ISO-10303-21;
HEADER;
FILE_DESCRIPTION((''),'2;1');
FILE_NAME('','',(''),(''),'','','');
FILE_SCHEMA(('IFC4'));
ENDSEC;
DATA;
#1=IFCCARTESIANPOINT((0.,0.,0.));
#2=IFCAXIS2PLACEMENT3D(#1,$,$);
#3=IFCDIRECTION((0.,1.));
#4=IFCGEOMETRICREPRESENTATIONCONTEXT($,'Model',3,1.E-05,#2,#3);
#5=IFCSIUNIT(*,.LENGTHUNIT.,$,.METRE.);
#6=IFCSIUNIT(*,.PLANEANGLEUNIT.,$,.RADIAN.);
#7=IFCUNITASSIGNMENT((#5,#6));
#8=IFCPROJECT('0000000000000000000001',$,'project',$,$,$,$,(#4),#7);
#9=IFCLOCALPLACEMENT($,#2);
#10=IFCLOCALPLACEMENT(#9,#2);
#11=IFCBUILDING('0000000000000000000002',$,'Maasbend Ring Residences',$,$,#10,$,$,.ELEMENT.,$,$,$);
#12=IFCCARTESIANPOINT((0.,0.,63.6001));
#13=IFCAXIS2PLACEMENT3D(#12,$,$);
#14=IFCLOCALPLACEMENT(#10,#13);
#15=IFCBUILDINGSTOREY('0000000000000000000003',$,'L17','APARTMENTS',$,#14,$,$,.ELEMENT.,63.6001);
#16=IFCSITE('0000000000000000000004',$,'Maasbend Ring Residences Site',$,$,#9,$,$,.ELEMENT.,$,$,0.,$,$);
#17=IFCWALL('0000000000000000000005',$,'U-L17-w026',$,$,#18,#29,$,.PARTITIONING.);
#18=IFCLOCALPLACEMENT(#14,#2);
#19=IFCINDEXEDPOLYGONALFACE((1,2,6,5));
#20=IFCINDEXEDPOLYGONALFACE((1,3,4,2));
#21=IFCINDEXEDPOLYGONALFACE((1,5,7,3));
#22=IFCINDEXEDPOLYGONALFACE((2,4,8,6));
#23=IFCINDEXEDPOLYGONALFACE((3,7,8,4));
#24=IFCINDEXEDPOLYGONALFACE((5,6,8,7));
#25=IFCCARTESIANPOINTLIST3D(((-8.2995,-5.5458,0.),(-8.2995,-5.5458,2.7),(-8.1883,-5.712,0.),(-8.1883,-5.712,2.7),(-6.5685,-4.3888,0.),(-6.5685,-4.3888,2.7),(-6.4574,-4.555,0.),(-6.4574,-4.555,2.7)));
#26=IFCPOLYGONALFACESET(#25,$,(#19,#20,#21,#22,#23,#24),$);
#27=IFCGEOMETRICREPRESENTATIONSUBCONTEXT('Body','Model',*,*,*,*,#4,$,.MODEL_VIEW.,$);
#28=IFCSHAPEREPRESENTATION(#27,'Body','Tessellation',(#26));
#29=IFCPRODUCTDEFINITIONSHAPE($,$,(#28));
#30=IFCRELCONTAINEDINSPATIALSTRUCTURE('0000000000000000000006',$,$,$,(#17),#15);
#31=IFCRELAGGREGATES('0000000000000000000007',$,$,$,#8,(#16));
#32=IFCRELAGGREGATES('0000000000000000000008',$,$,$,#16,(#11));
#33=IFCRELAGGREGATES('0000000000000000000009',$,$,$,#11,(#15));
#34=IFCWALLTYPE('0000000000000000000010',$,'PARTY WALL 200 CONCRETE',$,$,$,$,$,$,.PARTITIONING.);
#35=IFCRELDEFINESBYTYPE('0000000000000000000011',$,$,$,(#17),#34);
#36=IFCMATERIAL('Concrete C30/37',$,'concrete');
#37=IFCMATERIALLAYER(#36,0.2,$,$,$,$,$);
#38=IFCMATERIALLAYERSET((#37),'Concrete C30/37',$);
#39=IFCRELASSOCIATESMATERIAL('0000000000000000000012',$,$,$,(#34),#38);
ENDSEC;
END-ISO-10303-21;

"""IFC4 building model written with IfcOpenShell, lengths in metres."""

from ifc_helpers import new_model, si_unit, direction, frame, frame_2d, origin, place, context, subcontext, project, spatial, rectangle, extrude, material, layer, layer_set, type_object, element, save


model = new_model("IFC4")

# Units and contexts
model_context = context("Model", 3, precision=1e-05, world=origin(), true_north=direction((0.0, 1.0)))
body_context = subcontext(model_context, "Body", "Model", "MODEL_VIEW")
ifc_project = project(units=[si_unit("LENGTHUNIT", "METRE"), si_unit("PLANEANGLEUNIT", "RADIAN")], contexts=[model_context])

# Site, building, storey
site_placement = place(None, origin())
site = spatial("IfcSite", under=ifc_project, at=site_placement, Name="Maasbend Ring Residences Site", CompositionType="ELEMENT", RefElevation=0.0)
building_placement = place(site_placement, origin())
building = spatial("IfcBuilding", under=site, at=building_placement, Name="Maasbend Ring Residences", CompositionType="ELEMENT")
storey_placement = place(building_placement, frame((0.0, 0.0, 63.6001)))
storey = spatial("IfcBuildingStorey", under=building, at=storey_placement, Name="L17", Description="APARTMENTS", CompositionType="ELEMENT", Elevation=63.6001)

# Wall
ifc_material_1 = material(Name="Concrete C30/37", Category="concrete")
ifc_layer_1 = layer(ifc_material_1, 0.2)
ifc_layer_set_1 = layer_set([ifc_layer_1], Name="Concrete C30/37")
wall_type_1 = type_object("IfcWallType", Name="PARTY WALL 200 CONCRETE", PredefinedType="PARTITIONING", material=ifc_layer_set_1)
wall_1_placement = place(storey_placement, frame((-6.5129, -4.4719, 0.0), z_axis=(0.0, 0.0, 1.0), x_axis=(-0.831382, -0.555701, 0.0)))
element("IfcWall", 1, at=wall_1_placement, inside=storey, type_object=wall_type_1, Name="U-L17-w026", PredefinedType="PARTITIONING", context=body_context, shape_type="SweptSolid", body=[
    extrude(rectangle(XDim=2.082, YDim=0.2, at=frame_2d((1.041, 0.0))), origin(), (0.0, 0.0, 1.0), 2.7),
])

save(model, "model.ifc")
